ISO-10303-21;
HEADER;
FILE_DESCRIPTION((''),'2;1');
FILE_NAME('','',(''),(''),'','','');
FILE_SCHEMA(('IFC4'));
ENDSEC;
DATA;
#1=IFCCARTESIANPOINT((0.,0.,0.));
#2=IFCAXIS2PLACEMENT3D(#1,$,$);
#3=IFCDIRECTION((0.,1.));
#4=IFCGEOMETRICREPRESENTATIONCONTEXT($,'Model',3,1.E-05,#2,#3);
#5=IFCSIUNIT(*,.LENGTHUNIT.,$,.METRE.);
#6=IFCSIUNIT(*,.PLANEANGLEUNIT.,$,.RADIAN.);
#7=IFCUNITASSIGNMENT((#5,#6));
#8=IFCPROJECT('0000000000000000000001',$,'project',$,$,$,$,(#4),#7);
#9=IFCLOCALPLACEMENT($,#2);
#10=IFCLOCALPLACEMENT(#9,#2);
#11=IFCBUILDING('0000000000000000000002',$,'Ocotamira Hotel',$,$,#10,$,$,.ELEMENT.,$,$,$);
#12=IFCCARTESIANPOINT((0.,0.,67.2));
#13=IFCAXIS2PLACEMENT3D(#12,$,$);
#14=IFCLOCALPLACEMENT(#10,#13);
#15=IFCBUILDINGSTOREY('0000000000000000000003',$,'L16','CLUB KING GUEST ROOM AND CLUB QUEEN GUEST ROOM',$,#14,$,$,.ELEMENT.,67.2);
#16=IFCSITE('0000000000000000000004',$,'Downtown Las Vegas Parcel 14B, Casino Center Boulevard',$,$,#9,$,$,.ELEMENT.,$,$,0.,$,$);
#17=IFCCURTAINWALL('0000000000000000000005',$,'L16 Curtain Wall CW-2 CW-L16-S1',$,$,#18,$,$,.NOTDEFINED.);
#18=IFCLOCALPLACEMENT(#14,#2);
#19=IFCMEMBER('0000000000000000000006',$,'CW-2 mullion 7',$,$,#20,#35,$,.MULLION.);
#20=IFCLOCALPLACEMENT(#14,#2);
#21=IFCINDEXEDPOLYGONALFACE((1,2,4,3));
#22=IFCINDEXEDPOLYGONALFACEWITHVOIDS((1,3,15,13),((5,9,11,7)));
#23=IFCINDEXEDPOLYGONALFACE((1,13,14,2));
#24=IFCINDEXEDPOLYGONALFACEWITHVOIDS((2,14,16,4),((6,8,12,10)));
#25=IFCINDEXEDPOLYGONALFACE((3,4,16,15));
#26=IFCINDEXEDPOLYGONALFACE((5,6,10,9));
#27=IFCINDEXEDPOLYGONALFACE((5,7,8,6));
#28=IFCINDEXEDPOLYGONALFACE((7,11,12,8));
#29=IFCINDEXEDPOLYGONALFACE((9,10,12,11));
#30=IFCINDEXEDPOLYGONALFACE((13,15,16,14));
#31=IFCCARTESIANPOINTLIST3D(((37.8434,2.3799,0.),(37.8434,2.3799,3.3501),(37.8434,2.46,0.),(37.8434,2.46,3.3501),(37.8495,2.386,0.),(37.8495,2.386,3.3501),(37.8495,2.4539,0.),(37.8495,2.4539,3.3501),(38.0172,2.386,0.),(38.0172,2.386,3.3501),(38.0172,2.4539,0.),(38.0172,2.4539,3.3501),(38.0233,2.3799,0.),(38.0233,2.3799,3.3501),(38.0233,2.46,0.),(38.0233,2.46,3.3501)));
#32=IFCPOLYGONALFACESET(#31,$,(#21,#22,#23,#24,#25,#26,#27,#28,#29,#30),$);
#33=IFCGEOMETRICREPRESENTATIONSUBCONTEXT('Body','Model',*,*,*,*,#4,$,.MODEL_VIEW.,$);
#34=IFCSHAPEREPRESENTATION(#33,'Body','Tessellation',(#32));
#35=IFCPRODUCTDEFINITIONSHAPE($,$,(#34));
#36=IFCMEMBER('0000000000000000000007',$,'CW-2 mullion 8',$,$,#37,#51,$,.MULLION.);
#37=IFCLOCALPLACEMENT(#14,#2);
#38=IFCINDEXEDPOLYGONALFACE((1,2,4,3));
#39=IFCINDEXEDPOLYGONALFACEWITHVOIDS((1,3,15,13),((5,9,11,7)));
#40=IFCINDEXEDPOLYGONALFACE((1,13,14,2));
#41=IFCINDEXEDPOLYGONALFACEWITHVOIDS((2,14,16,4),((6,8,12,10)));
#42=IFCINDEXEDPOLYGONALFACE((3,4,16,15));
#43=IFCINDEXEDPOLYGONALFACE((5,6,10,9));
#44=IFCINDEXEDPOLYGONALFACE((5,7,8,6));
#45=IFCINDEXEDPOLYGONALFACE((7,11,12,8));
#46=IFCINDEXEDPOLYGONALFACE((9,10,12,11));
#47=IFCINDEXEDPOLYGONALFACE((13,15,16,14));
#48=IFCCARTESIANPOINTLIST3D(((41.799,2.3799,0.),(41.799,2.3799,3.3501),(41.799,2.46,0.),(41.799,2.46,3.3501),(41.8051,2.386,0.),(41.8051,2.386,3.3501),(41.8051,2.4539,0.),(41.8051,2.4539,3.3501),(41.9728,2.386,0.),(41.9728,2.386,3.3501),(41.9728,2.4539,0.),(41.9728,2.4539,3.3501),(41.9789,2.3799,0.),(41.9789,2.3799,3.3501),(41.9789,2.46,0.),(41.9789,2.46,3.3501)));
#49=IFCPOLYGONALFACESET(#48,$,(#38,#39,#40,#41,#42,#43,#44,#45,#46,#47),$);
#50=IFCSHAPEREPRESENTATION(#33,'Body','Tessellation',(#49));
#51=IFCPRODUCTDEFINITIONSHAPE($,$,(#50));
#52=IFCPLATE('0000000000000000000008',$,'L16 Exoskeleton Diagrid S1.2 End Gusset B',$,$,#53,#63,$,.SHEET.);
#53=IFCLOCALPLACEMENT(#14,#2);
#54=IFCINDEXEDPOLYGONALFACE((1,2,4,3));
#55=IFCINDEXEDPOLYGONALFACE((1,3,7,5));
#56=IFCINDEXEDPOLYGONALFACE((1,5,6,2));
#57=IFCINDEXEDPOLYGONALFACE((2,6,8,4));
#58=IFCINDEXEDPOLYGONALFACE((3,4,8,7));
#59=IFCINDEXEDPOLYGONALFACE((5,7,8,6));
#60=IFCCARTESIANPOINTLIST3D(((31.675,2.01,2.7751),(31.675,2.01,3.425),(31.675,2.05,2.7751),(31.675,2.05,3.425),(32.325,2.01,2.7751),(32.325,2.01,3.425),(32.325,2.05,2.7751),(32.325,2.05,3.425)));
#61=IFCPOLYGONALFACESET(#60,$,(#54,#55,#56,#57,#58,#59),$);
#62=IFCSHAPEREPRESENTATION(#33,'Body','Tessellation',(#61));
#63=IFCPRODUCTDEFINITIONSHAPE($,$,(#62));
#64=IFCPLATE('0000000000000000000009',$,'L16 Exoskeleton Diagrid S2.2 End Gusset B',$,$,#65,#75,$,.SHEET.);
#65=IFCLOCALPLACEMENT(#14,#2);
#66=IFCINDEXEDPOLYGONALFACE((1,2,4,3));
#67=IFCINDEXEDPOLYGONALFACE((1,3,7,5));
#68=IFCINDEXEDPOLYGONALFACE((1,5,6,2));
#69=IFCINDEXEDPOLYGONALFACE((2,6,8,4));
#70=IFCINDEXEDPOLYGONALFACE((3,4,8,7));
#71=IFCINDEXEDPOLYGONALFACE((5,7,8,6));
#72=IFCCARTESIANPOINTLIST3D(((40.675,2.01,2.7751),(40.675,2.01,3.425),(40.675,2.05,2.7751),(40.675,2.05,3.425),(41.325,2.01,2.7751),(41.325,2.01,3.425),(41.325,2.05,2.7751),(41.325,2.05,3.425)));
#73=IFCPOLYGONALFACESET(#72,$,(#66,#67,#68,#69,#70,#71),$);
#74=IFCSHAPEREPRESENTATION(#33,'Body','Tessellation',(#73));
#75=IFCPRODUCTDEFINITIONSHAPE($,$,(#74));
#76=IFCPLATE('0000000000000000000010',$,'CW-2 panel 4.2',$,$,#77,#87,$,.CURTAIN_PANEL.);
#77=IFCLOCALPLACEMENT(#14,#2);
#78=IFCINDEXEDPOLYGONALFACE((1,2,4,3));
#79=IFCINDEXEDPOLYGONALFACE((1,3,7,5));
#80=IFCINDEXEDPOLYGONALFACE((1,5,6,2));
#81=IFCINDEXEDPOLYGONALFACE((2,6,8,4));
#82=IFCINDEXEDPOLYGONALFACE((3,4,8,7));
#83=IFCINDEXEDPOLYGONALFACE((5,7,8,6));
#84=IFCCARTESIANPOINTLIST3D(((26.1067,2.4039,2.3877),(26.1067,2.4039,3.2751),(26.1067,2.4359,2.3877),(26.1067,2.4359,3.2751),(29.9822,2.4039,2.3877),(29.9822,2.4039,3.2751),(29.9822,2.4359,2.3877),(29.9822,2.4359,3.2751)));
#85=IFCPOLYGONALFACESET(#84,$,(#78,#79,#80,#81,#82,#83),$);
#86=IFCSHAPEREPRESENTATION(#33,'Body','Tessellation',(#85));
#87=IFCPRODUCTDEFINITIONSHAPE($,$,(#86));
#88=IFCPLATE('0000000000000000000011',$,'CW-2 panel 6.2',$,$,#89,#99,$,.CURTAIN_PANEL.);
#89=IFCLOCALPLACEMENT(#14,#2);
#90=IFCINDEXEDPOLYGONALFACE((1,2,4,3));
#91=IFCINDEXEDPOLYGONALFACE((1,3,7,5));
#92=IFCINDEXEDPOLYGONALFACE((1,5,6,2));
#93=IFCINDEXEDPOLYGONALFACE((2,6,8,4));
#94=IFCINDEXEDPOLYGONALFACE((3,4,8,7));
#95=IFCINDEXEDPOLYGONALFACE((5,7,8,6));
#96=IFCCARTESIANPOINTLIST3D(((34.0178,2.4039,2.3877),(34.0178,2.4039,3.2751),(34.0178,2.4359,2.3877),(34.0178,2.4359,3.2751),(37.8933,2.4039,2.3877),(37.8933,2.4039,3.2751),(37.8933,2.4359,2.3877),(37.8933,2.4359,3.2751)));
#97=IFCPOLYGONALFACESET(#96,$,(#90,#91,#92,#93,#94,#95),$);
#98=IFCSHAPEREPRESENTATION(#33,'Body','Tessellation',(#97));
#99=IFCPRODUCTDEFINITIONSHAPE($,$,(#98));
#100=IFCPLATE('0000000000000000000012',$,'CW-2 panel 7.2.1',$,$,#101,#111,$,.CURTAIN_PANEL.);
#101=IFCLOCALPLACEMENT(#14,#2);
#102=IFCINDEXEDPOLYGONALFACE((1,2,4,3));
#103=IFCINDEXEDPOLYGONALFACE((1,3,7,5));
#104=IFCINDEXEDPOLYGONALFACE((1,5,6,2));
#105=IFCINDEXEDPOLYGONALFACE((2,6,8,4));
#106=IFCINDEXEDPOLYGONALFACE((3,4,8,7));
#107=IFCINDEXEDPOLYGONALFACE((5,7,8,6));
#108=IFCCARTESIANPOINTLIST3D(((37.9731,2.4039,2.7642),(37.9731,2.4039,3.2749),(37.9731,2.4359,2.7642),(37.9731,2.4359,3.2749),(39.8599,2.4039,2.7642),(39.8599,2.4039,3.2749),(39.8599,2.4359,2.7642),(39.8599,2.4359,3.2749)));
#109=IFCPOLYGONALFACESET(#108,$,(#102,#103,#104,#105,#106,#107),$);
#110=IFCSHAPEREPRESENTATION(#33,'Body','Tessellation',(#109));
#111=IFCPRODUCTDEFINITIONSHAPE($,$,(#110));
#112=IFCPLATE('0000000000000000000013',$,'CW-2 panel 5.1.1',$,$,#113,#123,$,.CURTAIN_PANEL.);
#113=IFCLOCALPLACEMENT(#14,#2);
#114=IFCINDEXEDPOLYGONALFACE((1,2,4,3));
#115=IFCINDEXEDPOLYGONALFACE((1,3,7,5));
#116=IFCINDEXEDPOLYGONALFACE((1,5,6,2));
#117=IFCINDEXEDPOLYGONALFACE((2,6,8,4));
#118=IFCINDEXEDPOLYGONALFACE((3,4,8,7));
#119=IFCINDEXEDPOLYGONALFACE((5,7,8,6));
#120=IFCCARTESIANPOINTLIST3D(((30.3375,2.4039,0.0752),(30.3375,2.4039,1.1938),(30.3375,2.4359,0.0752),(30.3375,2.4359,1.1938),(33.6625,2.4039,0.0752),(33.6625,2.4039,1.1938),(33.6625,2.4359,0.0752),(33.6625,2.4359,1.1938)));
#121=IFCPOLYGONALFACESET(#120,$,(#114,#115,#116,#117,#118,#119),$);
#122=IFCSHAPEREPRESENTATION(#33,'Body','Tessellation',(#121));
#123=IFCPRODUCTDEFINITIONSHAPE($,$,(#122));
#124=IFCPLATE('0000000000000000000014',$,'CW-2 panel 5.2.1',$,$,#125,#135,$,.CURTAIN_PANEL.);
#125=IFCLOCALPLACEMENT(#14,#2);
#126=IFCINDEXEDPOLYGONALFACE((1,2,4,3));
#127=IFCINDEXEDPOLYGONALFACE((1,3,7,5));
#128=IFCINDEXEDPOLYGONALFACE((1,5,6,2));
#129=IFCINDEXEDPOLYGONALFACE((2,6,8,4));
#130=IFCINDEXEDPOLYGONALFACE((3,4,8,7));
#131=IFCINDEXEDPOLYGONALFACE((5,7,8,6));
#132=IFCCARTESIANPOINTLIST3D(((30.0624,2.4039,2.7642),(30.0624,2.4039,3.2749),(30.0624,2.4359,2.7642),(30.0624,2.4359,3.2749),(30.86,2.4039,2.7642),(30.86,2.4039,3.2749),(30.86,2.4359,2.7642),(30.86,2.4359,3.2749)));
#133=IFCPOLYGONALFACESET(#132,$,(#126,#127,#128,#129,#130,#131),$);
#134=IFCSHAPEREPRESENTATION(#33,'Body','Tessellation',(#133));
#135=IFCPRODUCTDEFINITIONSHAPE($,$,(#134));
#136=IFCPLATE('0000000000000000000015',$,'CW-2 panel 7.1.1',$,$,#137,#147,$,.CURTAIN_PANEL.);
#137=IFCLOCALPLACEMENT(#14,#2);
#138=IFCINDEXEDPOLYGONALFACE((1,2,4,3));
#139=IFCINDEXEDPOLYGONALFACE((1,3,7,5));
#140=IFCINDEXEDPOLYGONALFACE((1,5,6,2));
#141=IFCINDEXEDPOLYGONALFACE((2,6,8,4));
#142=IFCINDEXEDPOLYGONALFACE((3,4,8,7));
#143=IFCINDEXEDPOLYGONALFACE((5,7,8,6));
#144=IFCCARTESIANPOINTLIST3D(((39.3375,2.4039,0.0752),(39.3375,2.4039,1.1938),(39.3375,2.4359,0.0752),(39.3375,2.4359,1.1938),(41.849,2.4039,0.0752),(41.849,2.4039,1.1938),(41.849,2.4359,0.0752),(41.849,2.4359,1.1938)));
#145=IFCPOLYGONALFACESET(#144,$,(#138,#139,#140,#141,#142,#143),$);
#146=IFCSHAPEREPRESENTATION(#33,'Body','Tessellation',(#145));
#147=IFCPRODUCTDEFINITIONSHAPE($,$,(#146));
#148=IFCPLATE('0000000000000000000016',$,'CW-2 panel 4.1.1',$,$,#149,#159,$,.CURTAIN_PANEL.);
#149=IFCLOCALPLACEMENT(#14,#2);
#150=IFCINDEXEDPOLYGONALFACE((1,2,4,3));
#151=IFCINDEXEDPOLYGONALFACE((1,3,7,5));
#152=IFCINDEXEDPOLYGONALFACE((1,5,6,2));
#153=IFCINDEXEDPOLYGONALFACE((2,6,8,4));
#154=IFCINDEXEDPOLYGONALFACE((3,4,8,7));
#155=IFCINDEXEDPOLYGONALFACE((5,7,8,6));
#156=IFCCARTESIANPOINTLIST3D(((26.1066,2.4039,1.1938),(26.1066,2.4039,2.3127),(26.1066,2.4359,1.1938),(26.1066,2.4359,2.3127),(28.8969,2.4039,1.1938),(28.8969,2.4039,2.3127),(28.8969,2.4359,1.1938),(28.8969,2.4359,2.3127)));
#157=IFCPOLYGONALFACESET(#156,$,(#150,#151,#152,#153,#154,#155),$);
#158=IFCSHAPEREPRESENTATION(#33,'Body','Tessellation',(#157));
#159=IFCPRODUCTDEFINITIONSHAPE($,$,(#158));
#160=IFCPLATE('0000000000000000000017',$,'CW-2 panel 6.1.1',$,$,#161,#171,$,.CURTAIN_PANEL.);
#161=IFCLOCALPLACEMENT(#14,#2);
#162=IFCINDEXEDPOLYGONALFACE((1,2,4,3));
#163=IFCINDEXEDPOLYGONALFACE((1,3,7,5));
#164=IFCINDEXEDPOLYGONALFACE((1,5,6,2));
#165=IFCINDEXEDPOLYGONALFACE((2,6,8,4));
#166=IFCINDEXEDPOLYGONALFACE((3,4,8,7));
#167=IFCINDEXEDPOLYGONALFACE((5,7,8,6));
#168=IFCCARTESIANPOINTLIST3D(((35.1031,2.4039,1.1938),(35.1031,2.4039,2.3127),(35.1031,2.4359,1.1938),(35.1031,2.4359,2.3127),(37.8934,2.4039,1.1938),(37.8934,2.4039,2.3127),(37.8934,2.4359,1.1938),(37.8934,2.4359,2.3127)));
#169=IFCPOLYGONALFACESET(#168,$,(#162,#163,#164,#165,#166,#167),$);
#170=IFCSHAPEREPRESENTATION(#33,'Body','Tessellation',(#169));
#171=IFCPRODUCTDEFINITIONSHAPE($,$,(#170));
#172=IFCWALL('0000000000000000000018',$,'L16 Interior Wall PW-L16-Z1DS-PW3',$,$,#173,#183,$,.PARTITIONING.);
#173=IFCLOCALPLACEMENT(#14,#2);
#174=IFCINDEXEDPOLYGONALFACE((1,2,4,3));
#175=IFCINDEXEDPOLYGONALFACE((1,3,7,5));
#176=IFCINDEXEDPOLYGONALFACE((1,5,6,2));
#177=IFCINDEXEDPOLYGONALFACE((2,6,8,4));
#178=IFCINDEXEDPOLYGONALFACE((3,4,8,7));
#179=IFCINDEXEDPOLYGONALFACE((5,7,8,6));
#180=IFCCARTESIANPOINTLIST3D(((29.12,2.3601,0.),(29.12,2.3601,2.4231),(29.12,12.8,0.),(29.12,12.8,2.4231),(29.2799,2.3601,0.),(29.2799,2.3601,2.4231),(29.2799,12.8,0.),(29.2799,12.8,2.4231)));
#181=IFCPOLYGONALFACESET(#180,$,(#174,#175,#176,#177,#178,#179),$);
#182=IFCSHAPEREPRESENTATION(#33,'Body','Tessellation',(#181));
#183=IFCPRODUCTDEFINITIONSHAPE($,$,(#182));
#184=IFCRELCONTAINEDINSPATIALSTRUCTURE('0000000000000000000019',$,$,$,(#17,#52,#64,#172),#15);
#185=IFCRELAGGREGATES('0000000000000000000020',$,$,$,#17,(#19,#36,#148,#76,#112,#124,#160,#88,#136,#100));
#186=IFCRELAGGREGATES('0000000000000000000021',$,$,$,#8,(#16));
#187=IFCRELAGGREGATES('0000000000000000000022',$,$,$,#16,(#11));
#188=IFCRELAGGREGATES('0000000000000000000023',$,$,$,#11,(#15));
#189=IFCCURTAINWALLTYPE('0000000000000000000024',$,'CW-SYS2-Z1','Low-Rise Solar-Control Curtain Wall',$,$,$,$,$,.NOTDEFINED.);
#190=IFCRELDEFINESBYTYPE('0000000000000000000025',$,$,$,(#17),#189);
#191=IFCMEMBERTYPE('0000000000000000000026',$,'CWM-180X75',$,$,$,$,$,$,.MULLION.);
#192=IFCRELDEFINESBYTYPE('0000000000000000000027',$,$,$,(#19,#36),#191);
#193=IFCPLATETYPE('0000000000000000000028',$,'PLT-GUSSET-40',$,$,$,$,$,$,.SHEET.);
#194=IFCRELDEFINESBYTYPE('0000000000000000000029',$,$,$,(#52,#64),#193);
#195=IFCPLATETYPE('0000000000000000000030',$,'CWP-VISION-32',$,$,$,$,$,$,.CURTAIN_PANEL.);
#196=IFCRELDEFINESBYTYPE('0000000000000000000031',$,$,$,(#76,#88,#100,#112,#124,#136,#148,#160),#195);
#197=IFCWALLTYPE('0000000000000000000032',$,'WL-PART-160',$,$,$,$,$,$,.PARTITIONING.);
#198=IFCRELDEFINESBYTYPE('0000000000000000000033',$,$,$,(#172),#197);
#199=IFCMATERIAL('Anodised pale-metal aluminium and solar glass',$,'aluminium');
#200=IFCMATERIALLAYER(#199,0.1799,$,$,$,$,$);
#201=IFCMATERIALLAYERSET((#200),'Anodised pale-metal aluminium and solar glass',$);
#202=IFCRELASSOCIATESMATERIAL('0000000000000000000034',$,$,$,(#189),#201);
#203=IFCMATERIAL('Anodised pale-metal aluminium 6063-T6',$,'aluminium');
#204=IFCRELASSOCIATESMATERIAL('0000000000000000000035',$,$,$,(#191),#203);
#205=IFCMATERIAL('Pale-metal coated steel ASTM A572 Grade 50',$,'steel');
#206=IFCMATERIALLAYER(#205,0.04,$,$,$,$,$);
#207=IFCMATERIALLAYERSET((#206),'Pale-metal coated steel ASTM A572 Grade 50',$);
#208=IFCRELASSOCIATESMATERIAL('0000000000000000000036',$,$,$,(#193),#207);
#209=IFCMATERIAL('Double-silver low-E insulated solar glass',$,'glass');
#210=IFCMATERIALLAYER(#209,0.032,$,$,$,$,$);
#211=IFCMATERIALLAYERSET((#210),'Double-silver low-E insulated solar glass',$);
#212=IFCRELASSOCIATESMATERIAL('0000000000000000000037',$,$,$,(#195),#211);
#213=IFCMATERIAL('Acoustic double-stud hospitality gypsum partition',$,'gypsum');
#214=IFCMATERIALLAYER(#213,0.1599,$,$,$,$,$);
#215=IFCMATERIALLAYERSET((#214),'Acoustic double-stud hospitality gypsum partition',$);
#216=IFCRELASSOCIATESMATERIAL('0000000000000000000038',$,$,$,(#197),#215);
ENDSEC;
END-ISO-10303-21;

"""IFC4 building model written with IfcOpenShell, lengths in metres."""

from ifc_helpers import new_model, si_unit, direction, frame, frame_2d, origin, origin_2d, place, context, subcontext, project, spatial, rectangle, hollow_rectangle, extrude, source, transform, mapped, material, layer, layer_set, material_profile, profile_set, type_object, element, aggregate, save


model = new_model("IFC4")

# Units and contexts
model_context = context("Model", 3, precision=1e-05, world=origin(), true_north=direction((0.0, 1.0)))
body_context = subcontext(model_context, "Body", "Model", "MODEL_VIEW")
ifc_project = project(units=[si_unit("LENGTHUNIT", "METRE"), si_unit("PLANEANGLEUNIT", "RADIAN")], contexts=[model_context])

# Site, building, storey
site_placement = place(None, origin())
site = spatial("IfcSite", under=ifc_project, at=site_placement, Name="Downtown Las Vegas Parcel 14B, Casino Center Boulevard", CompositionType="ELEMENT", RefElevation=0.0)
building_placement = place(site_placement, origin())
building = spatial("IfcBuilding", under=site, at=building_placement, Name="Ocotamira Hotel", CompositionType="ELEMENT")
storey_placement = place(building_placement, frame((0.0, 0.0, 67.2)))
storey = spatial("IfcBuildingStorey", under=building, at=storey_placement, Name="L16", Description="CLUB KING GUEST ROOM AND CLUB QUEEN GUEST ROOM", CompositionType="ELEMENT", Elevation=67.2)

# Curtain wall, members
ifc_material_1 = material(Name="Anodised pale-metal aluminium and solar glass", Category="aluminium")
ifc_layer_1 = layer(ifc_material_1, 0.1799)
ifc_layer_set_1 = layer_set([ifc_layer_1], Name="Anodised pale-metal aluminium and solar glass")
curtain_wall_type = type_object("IfcCurtainWallType", Name="CW-SYS2-Z1", Description="Low-Rise Solar-Control Curtain Wall", PredefinedType="NOTDEFINED", material=ifc_layer_set_1)
curtain_wall_placement = place(storey_placement, origin())
curtain_wall = element("IfcCurtainWall", 1, at=curtain_wall_placement, inside=storey, type_object=curtain_wall_type, Name="L16 Curtain Wall CW-2 CW-L16-S1", PredefinedType="NOTDEFINED")
ifc_material_2 = material(Name="Anodised pale-metal aluminium 6063-T6", Category="aluminium")
ifc_material_profile_1 = material_profile(ifc_material_2, hollow_rectangle(XDim=0.0801, YDim=0.1799, WallThickness=0.0061, at=origin_2d()), Name="HSS180X80X6")
ifc_profile_set_1 = profile_set([ifc_material_profile_1], Name="Anodised pale-metal aluminium 6063-T6")
member_type_1 = type_object("IfcMemberType", Name="CWM-180X75", PredefinedType="MULLION", material=ifc_profile_set_1)
shared_shape_1 = source(origin(), body_context, "Body", "SweptSolid", [
    extrude(hollow_rectangle(XDim=0.0801, YDim=0.1799, WallThickness=0.0061, at=origin_2d()), origin(), (0.0, 0.0, 1.0), 3.3501),
])
member_1_placement = place(storey_placement, frame((37.9333, 2.4199, 0.0), z_axis=(0.0, 0.0, 1.0), x_axis=(0.0, 1.0, 0.0)))
member_1 = element("IfcMember", 2, at=member_1_placement, type_object=member_type_1, Name="CW-2 mullion 7", PredefinedType="MULLION", context=body_context, shape_type="MappedRepresentation", body=[
    mapped(shared_shape_1, transform((0.0, 0.0, 0.0), scale=1.0)),
])
member_2_placement = place(storey_placement, frame((41.8889, 2.4199, 0.0), z_axis=(0.0, 0.0, 1.0), x_axis=(0.0, 1.0, 0.0)))
member_2 = element("IfcMember", 3, at=member_2_placement, type_object=member_type_1, Name="CW-2 mullion 8", PredefinedType="MULLION", context=body_context, shape_type="MappedRepresentation", body=[
    mapped(shared_shape_1, transform((0.0, 0.0, 0.0), scale=1.0)),
])

# Plates
ifc_material_3 = material(Name="Pale-metal coated steel ASTM A572 Grade 50", Category="steel")
ifc_layer_2 = layer(ifc_material_3, 0.04)
ifc_layer_set_2 = layer_set([ifc_layer_2], Name="Pale-metal coated steel ASTM A572 Grade 50")
plate_type_1 = type_object("IfcPlateType", Name="PLT-GUSSET-40", PredefinedType="SHEET", material=ifc_layer_set_2)
shared_shape_2 = source(origin(), body_context, "Body", "SweptSolid", [
    extrude(rectangle(XDim=0.6499, YDim=0.04, at=origin_2d()), origin(), (0.0, 0.0, 1.0), 0.6499),
])
for number, where, z_axis, x_axis, name in (
    (4, (32.0, 2.03, 2.7751), (0.0, 0.0, 1.0), (1.0, 0.0, 0.0), "L16 Exoskeleton Diagrid S1.2 End Gusset B"),
    (5, (41.0, 2.03, 2.7751), (0.0, 0.0, 1.0), (1.0, 0.0, 0.0), "L16 Exoskeleton Diagrid S2.2 End Gusset B"),
):
    element("IfcPlate", number, at=place(storey_placement, frame(where, z_axis=z_axis, x_axis=x_axis)), inside=storey, type_object=plate_type_1, Name=name, PredefinedType="SHEET", context=body_context, shape_type="MappedRepresentation", body=[
        mapped(shared_shape_2, transform((0.0, 0.0, 0.0), scale=1.0)),
    ])

# Plates
ifc_material_4 = material(Name="Double-silver low-E insulated solar glass", Category="glass")
ifc_layer_3 = layer(ifc_material_4, 0.032)
ifc_layer_set_3 = layer_set([ifc_layer_3], Name="Double-silver low-E insulated solar glass")
plate_type_2 = type_object("IfcPlateType", Name="CWP-VISION-32", PredefinedType="CURTAIN_PANEL", material=ifc_layer_set_3)
shared_shape_3 = source(origin(), body_context, "Body", "SweptSolid", [
    extrude(rectangle(XDim=3.8755, YDim=0.032, at=origin_2d()), origin(), (0.0, 0.0, 1.0), 0.8875),
])
plate_1_placement = place(storey_placement, frame((28.0444, 2.4199, 2.3877), z_axis=(0.0, 0.0, 1.0), x_axis=(1.0, 0.0, 0.0)))
plate_1 = element("IfcPlate", 6, at=plate_1_placement, type_object=plate_type_2, Name="CW-2 panel 4.2", PredefinedType="CURTAIN_PANEL", context=body_context, shape_type="MappedRepresentation", body=[
    mapped(shared_shape_3, transform((0.0, 0.0, 0.0), scale=1.0)),
])
plate_2_placement = place(storey_placement, frame((35.9556, 2.4199, 2.3877), z_axis=(0.0, 0.0, 1.0), x_axis=(1.0, 0.0, 0.0)))
plate_2 = element("IfcPlate", 7, at=plate_2_placement, type_object=plate_type_2, Name="CW-2 panel 6.2", PredefinedType="CURTAIN_PANEL", context=body_context, shape_type="MappedRepresentation", body=[
    mapped(shared_shape_3, transform((0.0, 0.0, 0.0), scale=1.0)),
])
shared_shape_4 = source(origin(), body_context, "Body", "SweptSolid", [
    extrude(rectangle(XDim=1.8867, YDim=0.032, at=origin_2d()), origin(), (0.0, 0.0, 1.0), 0.5107),
])
plate_3_placement = place(storey_placement, frame((38.9165, 2.4199, 2.7642), z_axis=(0.0, 0.0, 1.0), x_axis=(1.0, 0.0, 0.0)))
plate_3 = element("IfcPlate", 8, at=plate_3_placement, type_object=plate_type_2, Name="CW-2 panel 7.2.1", PredefinedType="CURTAIN_PANEL", context=body_context, shape_type="MappedRepresentation", body=[
    mapped(shared_shape_4, transform((0.0, 0.0, 0.0), scale=1.0)),
])
shared_shape_5 = source(origin(), body_context, "Body", "SweptSolid", [
    extrude(rectangle(XDim=3.325, YDim=0.032, at=origin_2d()), origin(), (0.0, 0.0, 1.0), 1.1187),
])
plate_4_placement = place(storey_placement, frame((32.0, 2.4199, 0.0752), z_axis=(0.0, 0.0, 1.0), x_axis=(1.0, 0.0, 0.0)))
plate_4 = element("IfcPlate", 9, at=plate_4_placement, type_object=plate_type_2, Name="CW-2 panel 5.1.1", PredefinedType="CURTAIN_PANEL", context=body_context, shape_type="MappedRepresentation", body=[
    mapped(shared_shape_5, transform((0.0, 0.0, 0.0), scale=1.0)),
])
shared_shape_6 = source(origin(), body_context, "Body", "SweptSolid", [
    extrude(rectangle(XDim=0.7976, YDim=0.032, at=origin_2d()), origin(), (0.0, 0.0, 1.0), 0.5107),
])
plate_5_placement = place(storey_placement, frame((30.4612, 2.4199, 2.7642), z_axis=(0.0, 0.0, 1.0), x_axis=(1.0, 0.0, 0.0)))
plate_5 = element("IfcPlate", 10, at=plate_5_placement, type_object=plate_type_2, Name="CW-2 panel 5.2.1", PredefinedType="CURTAIN_PANEL", context=body_context, shape_type="MappedRepresentation", body=[
    mapped(shared_shape_6, transform((0.0, 0.0, 0.0), scale=1.0)),
])
shared_shape_7 = source(origin(), body_context, "Body", "SweptSolid", [
    extrude(rectangle(XDim=2.5115, YDim=0.032, at=origin_2d()), origin(), (0.0, 0.0, 1.0), 1.1187),
])
plate_6_placement = place(storey_placement, frame((40.5933, 2.4199, 0.0752), z_axis=(0.0, 0.0, 1.0), x_axis=(1.0, 0.0, 0.0)))
plate_6 = element("IfcPlate", 11, at=plate_6_placement, type_object=plate_type_2, Name="CW-2 panel 7.1.1", PredefinedType="CURTAIN_PANEL", context=body_context, shape_type="MappedRepresentation", body=[
    mapped(shared_shape_7, transform((0.0, 0.0, 0.0), scale=1.0)),
])
shared_shape_8 = source(origin(), body_context, "Body", "SweptSolid", [
    extrude(rectangle(XDim=2.7903, YDim=0.032, at=origin_2d()), origin(), (0.0, 0.0, 1.0), 1.1189),
])
plate_7_placement = place(storey_placement, frame((27.5017, 2.4199, 1.1938), z_axis=(0.0, 0.0, 1.0), x_axis=(1.0, 0.0, 0.0)))
plate_7 = element("IfcPlate", 12, at=plate_7_placement, type_object=plate_type_2, Name="CW-2 panel 4.1.1", PredefinedType="CURTAIN_PANEL", context=body_context, shape_type="MappedRepresentation", body=[
    mapped(shared_shape_8, transform((0.0, 0.0, 0.0), scale=1.0)),
])
plate_8_placement = place(storey_placement, frame((36.4983, 2.4199, 1.1938), z_axis=(0.0, 0.0, 1.0), x_axis=(1.0, 0.0, 0.0)))
plate_8 = element("IfcPlate", 13, at=plate_8_placement, type_object=plate_type_2, Name="CW-2 panel 6.1.1", PredefinedType="CURTAIN_PANEL", context=body_context, shape_type="MappedRepresentation", body=[
    mapped(shared_shape_8, transform((0.0, 0.0, 0.0), scale=1.0)),
])
aggregate(curtain_wall, [member_1, member_2, plate_7, plate_1, plate_4, plate_5, plate_8, plate_2, plate_6, plate_3])

# Wall
ifc_material_5 = material(Name="Acoustic double-stud hospitality gypsum partition", Category="gypsum")
ifc_layer_4 = layer(ifc_material_5, 0.1599)
ifc_layer_set_4 = layer_set([ifc_layer_4], Name="Acoustic double-stud hospitality gypsum partition")
wall_type = type_object("IfcWallType", Name="WL-PART-160", PredefinedType="PARTITIONING", material=ifc_layer_set_4)
for number, where, z_axis, x_axis, name in (
    (14, (29.2, 2.3601, 0.0), (0.0, 0.0, 1.0), (0.0, 1.0, 0.0), "L16 Interior Wall PW-L16-Z1DS-PW3"),
):
    element("IfcWall", number, at=place(storey_placement, frame(where, z_axis=z_axis, x_axis=x_axis)), inside=storey, type_object=wall_type, Name=name, PredefinedType="PARTITIONING", context=body_context, shape_type="SweptSolid", body=[
        extrude(rectangle(XDim=10.4399, YDim=0.1599, at=frame_2d((5.22, 0.0))), origin(), (0.0, 0.0, 1.0), 2.4231),
    ])

save(model, "model.ifc")
